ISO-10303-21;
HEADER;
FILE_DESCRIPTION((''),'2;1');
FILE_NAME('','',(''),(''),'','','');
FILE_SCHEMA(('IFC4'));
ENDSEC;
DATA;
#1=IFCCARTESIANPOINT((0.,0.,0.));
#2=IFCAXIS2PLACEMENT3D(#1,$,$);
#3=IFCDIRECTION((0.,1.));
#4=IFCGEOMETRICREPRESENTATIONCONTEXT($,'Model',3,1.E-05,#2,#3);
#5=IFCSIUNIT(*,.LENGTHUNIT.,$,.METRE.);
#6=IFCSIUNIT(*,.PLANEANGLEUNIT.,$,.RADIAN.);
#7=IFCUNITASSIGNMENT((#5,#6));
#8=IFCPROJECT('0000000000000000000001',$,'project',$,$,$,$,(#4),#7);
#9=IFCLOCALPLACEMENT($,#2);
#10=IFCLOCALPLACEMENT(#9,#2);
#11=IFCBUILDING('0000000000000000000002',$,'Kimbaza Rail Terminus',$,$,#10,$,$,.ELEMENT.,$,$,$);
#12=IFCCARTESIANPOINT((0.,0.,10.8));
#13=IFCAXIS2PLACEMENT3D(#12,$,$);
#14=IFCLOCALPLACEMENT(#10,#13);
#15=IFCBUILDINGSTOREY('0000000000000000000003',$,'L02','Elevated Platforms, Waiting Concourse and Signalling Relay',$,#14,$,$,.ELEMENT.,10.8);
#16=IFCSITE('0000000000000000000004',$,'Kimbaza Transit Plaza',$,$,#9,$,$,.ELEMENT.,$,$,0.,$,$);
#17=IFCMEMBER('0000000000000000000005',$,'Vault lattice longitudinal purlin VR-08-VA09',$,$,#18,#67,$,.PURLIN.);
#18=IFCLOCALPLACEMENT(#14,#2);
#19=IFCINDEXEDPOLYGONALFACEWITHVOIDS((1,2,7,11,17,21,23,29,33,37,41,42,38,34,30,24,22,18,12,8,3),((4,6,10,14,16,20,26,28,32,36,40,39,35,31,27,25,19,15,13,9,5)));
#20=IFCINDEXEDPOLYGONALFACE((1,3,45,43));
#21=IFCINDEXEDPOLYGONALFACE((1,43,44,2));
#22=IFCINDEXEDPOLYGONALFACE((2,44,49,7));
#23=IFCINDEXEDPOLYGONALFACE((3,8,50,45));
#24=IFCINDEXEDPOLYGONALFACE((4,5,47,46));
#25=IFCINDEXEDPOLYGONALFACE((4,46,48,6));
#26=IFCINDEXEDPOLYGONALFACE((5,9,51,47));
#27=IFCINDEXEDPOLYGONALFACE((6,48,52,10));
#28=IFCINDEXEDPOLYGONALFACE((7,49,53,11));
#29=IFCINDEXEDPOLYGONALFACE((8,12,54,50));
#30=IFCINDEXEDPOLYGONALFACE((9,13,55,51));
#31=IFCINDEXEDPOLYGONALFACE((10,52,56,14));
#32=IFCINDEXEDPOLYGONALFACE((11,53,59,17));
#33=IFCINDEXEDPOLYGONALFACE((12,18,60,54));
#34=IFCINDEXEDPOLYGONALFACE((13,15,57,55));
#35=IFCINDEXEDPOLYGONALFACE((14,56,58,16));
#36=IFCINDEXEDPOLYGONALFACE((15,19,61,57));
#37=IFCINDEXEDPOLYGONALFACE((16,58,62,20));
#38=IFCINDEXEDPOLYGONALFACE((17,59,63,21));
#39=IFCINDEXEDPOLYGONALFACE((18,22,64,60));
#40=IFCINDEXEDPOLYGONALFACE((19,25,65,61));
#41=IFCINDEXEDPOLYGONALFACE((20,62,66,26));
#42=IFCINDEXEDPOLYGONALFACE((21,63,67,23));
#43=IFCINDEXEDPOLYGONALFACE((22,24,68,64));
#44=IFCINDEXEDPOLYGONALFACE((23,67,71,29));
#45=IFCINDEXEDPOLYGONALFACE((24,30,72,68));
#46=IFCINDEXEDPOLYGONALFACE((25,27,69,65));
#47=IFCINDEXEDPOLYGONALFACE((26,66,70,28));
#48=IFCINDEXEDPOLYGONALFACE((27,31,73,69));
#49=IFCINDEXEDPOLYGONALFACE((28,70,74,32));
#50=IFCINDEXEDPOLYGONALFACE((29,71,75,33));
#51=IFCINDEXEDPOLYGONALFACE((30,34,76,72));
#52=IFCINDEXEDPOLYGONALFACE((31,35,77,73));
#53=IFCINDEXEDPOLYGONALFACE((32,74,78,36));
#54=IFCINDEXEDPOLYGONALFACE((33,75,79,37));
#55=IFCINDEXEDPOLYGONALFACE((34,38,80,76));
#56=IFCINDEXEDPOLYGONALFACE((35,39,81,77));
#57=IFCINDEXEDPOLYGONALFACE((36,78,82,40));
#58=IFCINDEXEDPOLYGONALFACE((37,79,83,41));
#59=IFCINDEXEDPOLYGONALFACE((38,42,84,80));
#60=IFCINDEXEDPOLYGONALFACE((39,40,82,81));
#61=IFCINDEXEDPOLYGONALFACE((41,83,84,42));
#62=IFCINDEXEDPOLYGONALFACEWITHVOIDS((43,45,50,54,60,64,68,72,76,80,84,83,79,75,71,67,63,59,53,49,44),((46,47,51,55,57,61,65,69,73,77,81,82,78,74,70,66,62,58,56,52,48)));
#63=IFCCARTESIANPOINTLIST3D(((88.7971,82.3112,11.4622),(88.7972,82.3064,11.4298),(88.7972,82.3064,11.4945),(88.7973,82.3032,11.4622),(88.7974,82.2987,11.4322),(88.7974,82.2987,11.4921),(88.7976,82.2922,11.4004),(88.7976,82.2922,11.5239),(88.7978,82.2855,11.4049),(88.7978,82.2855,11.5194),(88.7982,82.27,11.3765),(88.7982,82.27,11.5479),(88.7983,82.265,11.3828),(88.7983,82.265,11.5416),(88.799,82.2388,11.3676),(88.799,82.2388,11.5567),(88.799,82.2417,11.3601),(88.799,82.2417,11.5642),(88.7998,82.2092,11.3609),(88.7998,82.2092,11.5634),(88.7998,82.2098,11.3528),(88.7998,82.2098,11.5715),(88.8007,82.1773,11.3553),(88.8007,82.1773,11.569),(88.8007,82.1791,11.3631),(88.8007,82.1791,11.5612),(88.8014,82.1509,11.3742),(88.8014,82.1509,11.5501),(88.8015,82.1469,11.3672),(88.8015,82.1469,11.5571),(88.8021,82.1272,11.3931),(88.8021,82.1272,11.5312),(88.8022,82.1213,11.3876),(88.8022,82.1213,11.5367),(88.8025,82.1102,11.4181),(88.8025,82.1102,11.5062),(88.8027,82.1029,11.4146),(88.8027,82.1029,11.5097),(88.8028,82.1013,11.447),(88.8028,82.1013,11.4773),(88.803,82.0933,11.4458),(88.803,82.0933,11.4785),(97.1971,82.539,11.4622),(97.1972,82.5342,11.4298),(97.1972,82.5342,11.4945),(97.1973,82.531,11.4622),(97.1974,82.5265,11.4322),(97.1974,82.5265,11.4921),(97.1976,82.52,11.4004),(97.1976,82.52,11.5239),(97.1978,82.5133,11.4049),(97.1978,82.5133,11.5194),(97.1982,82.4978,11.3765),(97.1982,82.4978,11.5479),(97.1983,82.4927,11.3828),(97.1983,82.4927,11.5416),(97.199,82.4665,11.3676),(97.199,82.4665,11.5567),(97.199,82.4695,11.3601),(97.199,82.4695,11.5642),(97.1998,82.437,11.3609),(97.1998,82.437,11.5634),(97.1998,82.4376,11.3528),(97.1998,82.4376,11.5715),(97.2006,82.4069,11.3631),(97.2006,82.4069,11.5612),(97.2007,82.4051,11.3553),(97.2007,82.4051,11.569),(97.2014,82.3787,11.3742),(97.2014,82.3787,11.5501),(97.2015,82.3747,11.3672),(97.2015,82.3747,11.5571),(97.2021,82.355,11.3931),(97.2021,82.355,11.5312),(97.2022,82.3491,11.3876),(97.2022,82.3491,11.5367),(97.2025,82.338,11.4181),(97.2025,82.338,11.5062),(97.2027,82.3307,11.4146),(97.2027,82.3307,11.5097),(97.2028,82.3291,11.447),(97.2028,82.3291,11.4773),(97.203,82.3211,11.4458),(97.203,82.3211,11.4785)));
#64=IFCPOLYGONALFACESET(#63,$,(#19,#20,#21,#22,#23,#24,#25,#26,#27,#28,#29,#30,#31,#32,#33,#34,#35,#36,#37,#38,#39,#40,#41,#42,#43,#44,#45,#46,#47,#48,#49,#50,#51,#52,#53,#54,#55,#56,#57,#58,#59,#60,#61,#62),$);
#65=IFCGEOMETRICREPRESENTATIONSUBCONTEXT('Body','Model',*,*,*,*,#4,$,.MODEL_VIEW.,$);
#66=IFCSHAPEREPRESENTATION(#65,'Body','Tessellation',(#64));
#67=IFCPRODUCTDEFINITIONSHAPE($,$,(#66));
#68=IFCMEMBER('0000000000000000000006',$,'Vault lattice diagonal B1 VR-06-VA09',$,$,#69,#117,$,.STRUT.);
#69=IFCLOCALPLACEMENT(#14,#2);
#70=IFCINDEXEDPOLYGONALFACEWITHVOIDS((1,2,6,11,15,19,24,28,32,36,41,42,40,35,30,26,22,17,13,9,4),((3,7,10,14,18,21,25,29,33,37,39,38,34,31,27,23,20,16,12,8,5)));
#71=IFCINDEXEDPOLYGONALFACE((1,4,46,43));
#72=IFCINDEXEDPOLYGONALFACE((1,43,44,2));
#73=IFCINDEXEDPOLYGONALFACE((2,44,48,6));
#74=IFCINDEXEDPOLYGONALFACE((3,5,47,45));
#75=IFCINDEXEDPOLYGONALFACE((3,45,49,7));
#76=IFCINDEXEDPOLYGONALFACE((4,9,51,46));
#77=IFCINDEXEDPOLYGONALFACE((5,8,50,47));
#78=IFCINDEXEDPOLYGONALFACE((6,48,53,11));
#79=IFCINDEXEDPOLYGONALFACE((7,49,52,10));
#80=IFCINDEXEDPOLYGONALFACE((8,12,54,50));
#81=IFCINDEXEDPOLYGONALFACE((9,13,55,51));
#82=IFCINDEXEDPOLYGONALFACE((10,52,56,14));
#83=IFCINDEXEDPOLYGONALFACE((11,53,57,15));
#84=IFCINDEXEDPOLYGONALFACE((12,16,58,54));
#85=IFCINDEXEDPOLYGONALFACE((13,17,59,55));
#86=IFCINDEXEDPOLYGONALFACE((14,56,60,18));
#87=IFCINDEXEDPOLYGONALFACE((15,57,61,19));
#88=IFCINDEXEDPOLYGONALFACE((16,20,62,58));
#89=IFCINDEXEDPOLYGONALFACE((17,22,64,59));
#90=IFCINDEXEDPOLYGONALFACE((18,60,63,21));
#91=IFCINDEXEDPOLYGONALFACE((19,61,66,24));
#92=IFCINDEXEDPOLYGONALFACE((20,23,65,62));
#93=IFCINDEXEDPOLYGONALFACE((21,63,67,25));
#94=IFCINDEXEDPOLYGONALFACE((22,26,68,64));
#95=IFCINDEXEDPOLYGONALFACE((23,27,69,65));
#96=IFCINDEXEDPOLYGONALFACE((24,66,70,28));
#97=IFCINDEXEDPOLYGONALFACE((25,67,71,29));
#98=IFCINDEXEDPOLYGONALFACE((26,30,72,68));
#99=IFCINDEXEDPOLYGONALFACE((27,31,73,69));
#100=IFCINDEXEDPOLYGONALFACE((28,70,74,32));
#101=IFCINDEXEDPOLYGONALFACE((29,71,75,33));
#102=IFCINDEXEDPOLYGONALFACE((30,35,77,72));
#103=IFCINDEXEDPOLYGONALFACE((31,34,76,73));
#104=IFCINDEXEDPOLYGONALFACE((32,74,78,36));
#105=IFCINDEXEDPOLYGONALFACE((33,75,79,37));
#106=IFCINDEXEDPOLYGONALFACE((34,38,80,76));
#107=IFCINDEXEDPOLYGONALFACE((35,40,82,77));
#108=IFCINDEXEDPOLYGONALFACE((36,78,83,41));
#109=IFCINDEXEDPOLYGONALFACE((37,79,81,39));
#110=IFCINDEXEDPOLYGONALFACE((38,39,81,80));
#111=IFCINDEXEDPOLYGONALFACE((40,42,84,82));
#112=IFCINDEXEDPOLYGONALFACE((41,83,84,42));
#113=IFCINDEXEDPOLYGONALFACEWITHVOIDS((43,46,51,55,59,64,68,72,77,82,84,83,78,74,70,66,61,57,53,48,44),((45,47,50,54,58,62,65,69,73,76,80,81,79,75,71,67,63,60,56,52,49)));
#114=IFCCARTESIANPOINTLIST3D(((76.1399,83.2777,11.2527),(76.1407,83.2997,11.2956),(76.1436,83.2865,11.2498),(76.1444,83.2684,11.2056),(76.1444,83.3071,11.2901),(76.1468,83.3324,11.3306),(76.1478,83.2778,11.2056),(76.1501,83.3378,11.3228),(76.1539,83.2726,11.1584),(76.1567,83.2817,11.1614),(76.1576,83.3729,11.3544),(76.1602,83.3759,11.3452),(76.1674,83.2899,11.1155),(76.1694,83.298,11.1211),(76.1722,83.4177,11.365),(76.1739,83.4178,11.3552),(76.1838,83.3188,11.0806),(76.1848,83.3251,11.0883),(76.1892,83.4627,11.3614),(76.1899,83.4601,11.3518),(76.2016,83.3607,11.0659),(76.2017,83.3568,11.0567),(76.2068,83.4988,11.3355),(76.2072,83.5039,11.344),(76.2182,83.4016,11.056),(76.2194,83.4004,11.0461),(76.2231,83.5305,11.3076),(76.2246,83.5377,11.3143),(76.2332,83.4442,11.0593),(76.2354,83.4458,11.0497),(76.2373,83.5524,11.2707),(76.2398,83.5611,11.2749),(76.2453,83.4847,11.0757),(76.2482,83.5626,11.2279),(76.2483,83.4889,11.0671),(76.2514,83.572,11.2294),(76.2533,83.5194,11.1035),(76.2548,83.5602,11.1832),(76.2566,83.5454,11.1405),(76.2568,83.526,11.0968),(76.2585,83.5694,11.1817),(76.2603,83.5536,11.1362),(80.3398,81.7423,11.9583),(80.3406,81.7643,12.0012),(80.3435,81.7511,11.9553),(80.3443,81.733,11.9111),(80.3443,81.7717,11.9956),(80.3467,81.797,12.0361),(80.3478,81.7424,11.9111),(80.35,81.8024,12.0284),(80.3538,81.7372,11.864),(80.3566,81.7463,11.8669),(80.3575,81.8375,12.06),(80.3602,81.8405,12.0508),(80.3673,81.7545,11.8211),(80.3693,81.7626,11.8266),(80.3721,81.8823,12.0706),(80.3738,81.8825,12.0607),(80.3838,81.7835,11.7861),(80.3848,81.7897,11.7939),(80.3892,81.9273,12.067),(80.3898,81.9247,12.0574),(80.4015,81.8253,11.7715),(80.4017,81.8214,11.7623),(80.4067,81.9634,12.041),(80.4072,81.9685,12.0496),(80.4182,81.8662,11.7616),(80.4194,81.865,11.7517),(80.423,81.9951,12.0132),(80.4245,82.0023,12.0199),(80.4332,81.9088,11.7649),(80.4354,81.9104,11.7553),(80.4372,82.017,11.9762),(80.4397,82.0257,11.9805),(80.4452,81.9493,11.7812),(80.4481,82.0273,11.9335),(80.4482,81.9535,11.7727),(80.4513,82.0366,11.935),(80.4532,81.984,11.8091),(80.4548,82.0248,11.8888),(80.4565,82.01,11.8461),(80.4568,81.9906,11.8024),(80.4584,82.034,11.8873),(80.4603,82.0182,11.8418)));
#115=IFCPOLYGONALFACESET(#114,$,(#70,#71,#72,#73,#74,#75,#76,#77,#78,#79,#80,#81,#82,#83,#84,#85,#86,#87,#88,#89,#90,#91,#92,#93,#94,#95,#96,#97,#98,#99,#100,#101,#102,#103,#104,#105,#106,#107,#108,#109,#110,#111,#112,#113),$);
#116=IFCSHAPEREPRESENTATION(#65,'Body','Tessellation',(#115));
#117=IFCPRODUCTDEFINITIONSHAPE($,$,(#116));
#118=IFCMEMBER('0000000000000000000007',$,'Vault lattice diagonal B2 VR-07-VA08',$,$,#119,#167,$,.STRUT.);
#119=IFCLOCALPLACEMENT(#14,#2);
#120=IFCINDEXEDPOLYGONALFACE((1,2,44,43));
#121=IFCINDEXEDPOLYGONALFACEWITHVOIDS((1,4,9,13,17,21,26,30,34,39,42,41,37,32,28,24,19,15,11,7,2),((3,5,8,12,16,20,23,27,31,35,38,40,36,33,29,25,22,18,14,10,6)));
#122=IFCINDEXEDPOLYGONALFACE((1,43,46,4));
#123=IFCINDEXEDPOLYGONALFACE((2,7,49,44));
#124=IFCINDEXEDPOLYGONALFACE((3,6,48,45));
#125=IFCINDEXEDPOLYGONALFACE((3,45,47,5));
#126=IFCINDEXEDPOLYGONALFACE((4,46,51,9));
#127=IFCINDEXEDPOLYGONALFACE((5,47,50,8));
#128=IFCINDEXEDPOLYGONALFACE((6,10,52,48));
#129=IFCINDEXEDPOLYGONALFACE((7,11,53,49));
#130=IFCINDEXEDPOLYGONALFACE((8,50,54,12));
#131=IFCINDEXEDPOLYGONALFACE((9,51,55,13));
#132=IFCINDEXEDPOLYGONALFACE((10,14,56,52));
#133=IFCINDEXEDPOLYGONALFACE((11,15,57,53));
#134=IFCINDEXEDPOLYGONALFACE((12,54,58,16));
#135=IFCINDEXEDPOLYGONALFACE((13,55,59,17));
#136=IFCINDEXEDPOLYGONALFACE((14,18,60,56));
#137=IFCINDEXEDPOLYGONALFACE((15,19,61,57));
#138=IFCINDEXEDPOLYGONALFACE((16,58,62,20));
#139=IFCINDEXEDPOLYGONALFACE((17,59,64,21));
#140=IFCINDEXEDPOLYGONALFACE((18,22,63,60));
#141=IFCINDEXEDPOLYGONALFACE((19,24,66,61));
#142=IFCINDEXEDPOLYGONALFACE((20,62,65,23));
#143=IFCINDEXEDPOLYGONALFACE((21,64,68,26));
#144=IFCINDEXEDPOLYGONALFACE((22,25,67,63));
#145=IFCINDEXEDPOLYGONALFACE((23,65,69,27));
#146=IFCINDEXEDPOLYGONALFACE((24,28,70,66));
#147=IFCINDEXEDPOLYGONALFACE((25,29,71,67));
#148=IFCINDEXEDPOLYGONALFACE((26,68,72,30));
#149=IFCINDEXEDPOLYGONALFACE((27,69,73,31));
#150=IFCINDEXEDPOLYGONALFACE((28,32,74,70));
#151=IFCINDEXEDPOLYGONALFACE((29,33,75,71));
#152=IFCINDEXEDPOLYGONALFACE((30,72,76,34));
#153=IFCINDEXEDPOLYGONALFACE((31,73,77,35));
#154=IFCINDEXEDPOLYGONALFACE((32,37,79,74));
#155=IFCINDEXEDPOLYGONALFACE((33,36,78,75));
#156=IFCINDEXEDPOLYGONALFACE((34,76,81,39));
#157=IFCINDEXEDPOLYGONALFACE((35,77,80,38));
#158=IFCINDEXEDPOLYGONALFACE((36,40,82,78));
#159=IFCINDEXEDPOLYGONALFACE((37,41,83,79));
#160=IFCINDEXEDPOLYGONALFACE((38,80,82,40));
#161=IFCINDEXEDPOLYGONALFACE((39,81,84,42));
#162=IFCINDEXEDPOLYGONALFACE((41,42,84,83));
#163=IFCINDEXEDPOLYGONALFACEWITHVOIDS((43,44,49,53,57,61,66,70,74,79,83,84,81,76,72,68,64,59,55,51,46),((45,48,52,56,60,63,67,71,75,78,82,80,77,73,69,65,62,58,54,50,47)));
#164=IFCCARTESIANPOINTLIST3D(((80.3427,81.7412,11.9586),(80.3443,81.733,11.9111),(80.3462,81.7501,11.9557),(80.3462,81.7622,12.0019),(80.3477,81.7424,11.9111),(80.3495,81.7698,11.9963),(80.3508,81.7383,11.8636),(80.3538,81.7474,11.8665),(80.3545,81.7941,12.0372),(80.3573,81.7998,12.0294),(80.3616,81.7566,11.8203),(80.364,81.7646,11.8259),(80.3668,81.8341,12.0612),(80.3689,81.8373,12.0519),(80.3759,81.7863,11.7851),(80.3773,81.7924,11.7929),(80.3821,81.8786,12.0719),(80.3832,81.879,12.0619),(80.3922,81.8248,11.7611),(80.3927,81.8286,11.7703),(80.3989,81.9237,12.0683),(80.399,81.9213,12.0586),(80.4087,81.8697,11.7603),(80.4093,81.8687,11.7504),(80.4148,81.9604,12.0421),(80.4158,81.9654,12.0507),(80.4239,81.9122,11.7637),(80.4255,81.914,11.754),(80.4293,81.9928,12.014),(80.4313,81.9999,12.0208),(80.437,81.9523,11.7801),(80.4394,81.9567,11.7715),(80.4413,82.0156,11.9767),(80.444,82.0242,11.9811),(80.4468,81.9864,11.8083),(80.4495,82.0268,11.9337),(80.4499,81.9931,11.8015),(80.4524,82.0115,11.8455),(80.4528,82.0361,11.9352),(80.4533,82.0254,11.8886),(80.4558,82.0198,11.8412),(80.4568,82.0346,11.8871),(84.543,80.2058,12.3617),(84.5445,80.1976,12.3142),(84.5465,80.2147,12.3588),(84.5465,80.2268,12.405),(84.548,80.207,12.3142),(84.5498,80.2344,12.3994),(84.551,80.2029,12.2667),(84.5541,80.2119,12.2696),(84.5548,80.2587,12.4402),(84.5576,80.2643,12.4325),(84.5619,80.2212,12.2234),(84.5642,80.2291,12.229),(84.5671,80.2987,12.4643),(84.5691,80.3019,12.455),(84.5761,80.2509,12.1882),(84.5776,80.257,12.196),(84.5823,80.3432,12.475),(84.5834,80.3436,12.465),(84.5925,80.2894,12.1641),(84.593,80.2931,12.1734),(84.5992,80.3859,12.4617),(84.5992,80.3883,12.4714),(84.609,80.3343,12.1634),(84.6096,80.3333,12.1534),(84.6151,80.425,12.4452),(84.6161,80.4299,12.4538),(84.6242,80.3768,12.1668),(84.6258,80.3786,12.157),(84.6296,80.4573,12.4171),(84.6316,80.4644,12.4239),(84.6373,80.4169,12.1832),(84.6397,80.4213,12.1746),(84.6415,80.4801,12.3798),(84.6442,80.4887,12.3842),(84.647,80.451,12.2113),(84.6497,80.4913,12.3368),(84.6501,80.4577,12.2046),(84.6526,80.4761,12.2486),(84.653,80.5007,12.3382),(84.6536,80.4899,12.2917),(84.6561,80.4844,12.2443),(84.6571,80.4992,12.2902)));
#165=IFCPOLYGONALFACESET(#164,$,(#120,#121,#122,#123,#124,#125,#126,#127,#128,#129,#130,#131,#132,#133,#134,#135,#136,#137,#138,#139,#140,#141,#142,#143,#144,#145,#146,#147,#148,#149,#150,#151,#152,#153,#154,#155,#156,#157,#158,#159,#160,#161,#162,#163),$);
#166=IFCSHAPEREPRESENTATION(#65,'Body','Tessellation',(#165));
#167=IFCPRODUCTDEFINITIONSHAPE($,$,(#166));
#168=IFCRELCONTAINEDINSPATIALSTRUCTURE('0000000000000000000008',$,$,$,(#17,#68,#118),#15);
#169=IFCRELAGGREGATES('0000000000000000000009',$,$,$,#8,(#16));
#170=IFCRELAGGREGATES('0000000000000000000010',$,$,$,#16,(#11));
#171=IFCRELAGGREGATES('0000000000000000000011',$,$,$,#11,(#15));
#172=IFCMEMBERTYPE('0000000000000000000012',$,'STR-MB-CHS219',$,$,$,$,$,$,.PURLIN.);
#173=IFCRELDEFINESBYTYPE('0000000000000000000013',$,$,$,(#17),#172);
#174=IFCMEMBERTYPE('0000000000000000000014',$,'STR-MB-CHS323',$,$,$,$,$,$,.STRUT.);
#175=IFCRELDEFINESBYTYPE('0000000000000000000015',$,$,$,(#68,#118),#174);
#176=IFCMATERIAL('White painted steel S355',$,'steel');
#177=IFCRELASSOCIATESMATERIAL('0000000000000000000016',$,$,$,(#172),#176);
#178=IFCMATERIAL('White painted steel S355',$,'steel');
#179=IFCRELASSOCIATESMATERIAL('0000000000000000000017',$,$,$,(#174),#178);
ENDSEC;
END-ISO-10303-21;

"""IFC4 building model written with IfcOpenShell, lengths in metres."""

from ifc_helpers import new_model, si_unit, direction, frame, origin, origin_2d, place, context, subcontext, project, spatial, hollow_circle, extrude, material, material_profile, profile_set, type_object, element, save


model = new_model("IFC4")

# Units and contexts
model_context = context("Model", 3, precision=1e-05, world=origin(), true_north=direction((0.0, 1.0)))
body_context = subcontext(model_context, "Body", "Model", "MODEL_VIEW")
ifc_project = project(units=[si_unit("LENGTHUNIT", "METRE"), si_unit("PLANEANGLEUNIT", "RADIAN")], contexts=[model_context])

# Site, building, storey
site_placement = place(None, origin())
site = spatial("IfcSite", under=ifc_project, at=site_placement, Name="Kimbaza Transit Plaza", CompositionType="ELEMENT", RefElevation=0.0)
building_placement = place(site_placement, origin())
building = spatial("IfcBuilding", under=site, at=building_placement, Name="Kimbaza Rail Terminus", CompositionType="ELEMENT")
storey_placement = place(building_placement, frame((0.0, 0.0, 10.8)))
storey = spatial("IfcBuildingStorey", under=building, at=storey_placement, Name="L02", Description="Elevated Platforms, Waiting Concourse and Signalling Relay", CompositionType="ELEMENT", Elevation=10.8)

# Members
ifc_material_1 = material(Name="White painted steel S355", Category="steel")
ifc_material_profile_1 = material_profile(ifc_material_1, hollow_circle(Radius=0.1096, WallThickness=0.0081, at=origin_2d()), Name="CHS 219.1x8")
ifc_profile_set_1 = profile_set([ifc_material_profile_1], Name="White painted steel S355")
member_type_1 = type_object("IfcMemberType", Name="STR-MB-CHS219", PredefinedType="PURLIN", material=ifc_profile_set_1)
member_1_placement = place(storey_placement, frame((88.8, 82.2017, 11.4622), z_axis=(0.999633, 0.027107, 0.0), x_axis=(-0.027107, 0.999633, 0.0)))
element("IfcMember", 1, at=member_1_placement, inside=storey, type_object=member_type_1, Name="Vault lattice longitudinal purlin VR-08-VA09", PredefinedType="PURLIN", context=body_context, shape_type="SweptSolid", body=[
    extrude(hollow_circle(Radius=0.1096, WallThickness=0.0081, at=origin_2d()), origin(), (0.0, 0.0, 1.0), 8.4031),
])
ifc_material_2 = material(Name="White painted steel S355", Category="steel")
ifc_material_profile_2 = material_profile(ifc_material_2, hollow_circle(Radius=0.1619, WallThickness=0.01, at=origin_2d()), Name="CHS 323.9x10")
ifc_profile_set_2 = profile_set([ifc_material_profile_2], Name="White painted steel S355")
member_type_2 = type_object("IfcMemberType", Name="STR-MB-CHS323", PredefinedType="STRUT", material=ifc_profile_set_2)
member_2_placement = place(storey_placement, frame((80.3999, 81.885, 11.9111), z_axis=(-0.92773, 0.339156, -0.155853), x_axis=(-0.343351, -0.939207, 0.0)))
element("IfcMember", 2, at=member_2_placement, inside=storey, type_object=member_type_2, Name="Vault lattice diagonal B1 VR-06-VA09", PredefinedType="STRUT", context=body_context, shape_type="SweptSolid", body=[
    extrude(hollow_circle(Radius=0.1619, WallThickness=0.01, at=origin_2d()), origin(), (0.0, 0.0, 1.0), 4.5271),
])
member_3_placement = place(storey_placement, frame((84.6001, 80.3496, 12.3142), z_axis=(-0.935422, 0.341948, -0.089769), x_axis=(-0.343334, -0.939213, 0.0)))
element("IfcMember", 3, at=member_3_placement, inside=storey, type_object=member_type_2, Name="Vault lattice diagonal B2 VR-07-VA08", PredefinedType="STRUT", context=body_context, shape_type="SweptSolid", body=[
    extrude(hollow_circle(Radius=0.1619, WallThickness=0.01, at=origin_2d()), origin(), (0.0, 0.0, 1.0), 4.4902),
])

save(model, "model.ifc")
